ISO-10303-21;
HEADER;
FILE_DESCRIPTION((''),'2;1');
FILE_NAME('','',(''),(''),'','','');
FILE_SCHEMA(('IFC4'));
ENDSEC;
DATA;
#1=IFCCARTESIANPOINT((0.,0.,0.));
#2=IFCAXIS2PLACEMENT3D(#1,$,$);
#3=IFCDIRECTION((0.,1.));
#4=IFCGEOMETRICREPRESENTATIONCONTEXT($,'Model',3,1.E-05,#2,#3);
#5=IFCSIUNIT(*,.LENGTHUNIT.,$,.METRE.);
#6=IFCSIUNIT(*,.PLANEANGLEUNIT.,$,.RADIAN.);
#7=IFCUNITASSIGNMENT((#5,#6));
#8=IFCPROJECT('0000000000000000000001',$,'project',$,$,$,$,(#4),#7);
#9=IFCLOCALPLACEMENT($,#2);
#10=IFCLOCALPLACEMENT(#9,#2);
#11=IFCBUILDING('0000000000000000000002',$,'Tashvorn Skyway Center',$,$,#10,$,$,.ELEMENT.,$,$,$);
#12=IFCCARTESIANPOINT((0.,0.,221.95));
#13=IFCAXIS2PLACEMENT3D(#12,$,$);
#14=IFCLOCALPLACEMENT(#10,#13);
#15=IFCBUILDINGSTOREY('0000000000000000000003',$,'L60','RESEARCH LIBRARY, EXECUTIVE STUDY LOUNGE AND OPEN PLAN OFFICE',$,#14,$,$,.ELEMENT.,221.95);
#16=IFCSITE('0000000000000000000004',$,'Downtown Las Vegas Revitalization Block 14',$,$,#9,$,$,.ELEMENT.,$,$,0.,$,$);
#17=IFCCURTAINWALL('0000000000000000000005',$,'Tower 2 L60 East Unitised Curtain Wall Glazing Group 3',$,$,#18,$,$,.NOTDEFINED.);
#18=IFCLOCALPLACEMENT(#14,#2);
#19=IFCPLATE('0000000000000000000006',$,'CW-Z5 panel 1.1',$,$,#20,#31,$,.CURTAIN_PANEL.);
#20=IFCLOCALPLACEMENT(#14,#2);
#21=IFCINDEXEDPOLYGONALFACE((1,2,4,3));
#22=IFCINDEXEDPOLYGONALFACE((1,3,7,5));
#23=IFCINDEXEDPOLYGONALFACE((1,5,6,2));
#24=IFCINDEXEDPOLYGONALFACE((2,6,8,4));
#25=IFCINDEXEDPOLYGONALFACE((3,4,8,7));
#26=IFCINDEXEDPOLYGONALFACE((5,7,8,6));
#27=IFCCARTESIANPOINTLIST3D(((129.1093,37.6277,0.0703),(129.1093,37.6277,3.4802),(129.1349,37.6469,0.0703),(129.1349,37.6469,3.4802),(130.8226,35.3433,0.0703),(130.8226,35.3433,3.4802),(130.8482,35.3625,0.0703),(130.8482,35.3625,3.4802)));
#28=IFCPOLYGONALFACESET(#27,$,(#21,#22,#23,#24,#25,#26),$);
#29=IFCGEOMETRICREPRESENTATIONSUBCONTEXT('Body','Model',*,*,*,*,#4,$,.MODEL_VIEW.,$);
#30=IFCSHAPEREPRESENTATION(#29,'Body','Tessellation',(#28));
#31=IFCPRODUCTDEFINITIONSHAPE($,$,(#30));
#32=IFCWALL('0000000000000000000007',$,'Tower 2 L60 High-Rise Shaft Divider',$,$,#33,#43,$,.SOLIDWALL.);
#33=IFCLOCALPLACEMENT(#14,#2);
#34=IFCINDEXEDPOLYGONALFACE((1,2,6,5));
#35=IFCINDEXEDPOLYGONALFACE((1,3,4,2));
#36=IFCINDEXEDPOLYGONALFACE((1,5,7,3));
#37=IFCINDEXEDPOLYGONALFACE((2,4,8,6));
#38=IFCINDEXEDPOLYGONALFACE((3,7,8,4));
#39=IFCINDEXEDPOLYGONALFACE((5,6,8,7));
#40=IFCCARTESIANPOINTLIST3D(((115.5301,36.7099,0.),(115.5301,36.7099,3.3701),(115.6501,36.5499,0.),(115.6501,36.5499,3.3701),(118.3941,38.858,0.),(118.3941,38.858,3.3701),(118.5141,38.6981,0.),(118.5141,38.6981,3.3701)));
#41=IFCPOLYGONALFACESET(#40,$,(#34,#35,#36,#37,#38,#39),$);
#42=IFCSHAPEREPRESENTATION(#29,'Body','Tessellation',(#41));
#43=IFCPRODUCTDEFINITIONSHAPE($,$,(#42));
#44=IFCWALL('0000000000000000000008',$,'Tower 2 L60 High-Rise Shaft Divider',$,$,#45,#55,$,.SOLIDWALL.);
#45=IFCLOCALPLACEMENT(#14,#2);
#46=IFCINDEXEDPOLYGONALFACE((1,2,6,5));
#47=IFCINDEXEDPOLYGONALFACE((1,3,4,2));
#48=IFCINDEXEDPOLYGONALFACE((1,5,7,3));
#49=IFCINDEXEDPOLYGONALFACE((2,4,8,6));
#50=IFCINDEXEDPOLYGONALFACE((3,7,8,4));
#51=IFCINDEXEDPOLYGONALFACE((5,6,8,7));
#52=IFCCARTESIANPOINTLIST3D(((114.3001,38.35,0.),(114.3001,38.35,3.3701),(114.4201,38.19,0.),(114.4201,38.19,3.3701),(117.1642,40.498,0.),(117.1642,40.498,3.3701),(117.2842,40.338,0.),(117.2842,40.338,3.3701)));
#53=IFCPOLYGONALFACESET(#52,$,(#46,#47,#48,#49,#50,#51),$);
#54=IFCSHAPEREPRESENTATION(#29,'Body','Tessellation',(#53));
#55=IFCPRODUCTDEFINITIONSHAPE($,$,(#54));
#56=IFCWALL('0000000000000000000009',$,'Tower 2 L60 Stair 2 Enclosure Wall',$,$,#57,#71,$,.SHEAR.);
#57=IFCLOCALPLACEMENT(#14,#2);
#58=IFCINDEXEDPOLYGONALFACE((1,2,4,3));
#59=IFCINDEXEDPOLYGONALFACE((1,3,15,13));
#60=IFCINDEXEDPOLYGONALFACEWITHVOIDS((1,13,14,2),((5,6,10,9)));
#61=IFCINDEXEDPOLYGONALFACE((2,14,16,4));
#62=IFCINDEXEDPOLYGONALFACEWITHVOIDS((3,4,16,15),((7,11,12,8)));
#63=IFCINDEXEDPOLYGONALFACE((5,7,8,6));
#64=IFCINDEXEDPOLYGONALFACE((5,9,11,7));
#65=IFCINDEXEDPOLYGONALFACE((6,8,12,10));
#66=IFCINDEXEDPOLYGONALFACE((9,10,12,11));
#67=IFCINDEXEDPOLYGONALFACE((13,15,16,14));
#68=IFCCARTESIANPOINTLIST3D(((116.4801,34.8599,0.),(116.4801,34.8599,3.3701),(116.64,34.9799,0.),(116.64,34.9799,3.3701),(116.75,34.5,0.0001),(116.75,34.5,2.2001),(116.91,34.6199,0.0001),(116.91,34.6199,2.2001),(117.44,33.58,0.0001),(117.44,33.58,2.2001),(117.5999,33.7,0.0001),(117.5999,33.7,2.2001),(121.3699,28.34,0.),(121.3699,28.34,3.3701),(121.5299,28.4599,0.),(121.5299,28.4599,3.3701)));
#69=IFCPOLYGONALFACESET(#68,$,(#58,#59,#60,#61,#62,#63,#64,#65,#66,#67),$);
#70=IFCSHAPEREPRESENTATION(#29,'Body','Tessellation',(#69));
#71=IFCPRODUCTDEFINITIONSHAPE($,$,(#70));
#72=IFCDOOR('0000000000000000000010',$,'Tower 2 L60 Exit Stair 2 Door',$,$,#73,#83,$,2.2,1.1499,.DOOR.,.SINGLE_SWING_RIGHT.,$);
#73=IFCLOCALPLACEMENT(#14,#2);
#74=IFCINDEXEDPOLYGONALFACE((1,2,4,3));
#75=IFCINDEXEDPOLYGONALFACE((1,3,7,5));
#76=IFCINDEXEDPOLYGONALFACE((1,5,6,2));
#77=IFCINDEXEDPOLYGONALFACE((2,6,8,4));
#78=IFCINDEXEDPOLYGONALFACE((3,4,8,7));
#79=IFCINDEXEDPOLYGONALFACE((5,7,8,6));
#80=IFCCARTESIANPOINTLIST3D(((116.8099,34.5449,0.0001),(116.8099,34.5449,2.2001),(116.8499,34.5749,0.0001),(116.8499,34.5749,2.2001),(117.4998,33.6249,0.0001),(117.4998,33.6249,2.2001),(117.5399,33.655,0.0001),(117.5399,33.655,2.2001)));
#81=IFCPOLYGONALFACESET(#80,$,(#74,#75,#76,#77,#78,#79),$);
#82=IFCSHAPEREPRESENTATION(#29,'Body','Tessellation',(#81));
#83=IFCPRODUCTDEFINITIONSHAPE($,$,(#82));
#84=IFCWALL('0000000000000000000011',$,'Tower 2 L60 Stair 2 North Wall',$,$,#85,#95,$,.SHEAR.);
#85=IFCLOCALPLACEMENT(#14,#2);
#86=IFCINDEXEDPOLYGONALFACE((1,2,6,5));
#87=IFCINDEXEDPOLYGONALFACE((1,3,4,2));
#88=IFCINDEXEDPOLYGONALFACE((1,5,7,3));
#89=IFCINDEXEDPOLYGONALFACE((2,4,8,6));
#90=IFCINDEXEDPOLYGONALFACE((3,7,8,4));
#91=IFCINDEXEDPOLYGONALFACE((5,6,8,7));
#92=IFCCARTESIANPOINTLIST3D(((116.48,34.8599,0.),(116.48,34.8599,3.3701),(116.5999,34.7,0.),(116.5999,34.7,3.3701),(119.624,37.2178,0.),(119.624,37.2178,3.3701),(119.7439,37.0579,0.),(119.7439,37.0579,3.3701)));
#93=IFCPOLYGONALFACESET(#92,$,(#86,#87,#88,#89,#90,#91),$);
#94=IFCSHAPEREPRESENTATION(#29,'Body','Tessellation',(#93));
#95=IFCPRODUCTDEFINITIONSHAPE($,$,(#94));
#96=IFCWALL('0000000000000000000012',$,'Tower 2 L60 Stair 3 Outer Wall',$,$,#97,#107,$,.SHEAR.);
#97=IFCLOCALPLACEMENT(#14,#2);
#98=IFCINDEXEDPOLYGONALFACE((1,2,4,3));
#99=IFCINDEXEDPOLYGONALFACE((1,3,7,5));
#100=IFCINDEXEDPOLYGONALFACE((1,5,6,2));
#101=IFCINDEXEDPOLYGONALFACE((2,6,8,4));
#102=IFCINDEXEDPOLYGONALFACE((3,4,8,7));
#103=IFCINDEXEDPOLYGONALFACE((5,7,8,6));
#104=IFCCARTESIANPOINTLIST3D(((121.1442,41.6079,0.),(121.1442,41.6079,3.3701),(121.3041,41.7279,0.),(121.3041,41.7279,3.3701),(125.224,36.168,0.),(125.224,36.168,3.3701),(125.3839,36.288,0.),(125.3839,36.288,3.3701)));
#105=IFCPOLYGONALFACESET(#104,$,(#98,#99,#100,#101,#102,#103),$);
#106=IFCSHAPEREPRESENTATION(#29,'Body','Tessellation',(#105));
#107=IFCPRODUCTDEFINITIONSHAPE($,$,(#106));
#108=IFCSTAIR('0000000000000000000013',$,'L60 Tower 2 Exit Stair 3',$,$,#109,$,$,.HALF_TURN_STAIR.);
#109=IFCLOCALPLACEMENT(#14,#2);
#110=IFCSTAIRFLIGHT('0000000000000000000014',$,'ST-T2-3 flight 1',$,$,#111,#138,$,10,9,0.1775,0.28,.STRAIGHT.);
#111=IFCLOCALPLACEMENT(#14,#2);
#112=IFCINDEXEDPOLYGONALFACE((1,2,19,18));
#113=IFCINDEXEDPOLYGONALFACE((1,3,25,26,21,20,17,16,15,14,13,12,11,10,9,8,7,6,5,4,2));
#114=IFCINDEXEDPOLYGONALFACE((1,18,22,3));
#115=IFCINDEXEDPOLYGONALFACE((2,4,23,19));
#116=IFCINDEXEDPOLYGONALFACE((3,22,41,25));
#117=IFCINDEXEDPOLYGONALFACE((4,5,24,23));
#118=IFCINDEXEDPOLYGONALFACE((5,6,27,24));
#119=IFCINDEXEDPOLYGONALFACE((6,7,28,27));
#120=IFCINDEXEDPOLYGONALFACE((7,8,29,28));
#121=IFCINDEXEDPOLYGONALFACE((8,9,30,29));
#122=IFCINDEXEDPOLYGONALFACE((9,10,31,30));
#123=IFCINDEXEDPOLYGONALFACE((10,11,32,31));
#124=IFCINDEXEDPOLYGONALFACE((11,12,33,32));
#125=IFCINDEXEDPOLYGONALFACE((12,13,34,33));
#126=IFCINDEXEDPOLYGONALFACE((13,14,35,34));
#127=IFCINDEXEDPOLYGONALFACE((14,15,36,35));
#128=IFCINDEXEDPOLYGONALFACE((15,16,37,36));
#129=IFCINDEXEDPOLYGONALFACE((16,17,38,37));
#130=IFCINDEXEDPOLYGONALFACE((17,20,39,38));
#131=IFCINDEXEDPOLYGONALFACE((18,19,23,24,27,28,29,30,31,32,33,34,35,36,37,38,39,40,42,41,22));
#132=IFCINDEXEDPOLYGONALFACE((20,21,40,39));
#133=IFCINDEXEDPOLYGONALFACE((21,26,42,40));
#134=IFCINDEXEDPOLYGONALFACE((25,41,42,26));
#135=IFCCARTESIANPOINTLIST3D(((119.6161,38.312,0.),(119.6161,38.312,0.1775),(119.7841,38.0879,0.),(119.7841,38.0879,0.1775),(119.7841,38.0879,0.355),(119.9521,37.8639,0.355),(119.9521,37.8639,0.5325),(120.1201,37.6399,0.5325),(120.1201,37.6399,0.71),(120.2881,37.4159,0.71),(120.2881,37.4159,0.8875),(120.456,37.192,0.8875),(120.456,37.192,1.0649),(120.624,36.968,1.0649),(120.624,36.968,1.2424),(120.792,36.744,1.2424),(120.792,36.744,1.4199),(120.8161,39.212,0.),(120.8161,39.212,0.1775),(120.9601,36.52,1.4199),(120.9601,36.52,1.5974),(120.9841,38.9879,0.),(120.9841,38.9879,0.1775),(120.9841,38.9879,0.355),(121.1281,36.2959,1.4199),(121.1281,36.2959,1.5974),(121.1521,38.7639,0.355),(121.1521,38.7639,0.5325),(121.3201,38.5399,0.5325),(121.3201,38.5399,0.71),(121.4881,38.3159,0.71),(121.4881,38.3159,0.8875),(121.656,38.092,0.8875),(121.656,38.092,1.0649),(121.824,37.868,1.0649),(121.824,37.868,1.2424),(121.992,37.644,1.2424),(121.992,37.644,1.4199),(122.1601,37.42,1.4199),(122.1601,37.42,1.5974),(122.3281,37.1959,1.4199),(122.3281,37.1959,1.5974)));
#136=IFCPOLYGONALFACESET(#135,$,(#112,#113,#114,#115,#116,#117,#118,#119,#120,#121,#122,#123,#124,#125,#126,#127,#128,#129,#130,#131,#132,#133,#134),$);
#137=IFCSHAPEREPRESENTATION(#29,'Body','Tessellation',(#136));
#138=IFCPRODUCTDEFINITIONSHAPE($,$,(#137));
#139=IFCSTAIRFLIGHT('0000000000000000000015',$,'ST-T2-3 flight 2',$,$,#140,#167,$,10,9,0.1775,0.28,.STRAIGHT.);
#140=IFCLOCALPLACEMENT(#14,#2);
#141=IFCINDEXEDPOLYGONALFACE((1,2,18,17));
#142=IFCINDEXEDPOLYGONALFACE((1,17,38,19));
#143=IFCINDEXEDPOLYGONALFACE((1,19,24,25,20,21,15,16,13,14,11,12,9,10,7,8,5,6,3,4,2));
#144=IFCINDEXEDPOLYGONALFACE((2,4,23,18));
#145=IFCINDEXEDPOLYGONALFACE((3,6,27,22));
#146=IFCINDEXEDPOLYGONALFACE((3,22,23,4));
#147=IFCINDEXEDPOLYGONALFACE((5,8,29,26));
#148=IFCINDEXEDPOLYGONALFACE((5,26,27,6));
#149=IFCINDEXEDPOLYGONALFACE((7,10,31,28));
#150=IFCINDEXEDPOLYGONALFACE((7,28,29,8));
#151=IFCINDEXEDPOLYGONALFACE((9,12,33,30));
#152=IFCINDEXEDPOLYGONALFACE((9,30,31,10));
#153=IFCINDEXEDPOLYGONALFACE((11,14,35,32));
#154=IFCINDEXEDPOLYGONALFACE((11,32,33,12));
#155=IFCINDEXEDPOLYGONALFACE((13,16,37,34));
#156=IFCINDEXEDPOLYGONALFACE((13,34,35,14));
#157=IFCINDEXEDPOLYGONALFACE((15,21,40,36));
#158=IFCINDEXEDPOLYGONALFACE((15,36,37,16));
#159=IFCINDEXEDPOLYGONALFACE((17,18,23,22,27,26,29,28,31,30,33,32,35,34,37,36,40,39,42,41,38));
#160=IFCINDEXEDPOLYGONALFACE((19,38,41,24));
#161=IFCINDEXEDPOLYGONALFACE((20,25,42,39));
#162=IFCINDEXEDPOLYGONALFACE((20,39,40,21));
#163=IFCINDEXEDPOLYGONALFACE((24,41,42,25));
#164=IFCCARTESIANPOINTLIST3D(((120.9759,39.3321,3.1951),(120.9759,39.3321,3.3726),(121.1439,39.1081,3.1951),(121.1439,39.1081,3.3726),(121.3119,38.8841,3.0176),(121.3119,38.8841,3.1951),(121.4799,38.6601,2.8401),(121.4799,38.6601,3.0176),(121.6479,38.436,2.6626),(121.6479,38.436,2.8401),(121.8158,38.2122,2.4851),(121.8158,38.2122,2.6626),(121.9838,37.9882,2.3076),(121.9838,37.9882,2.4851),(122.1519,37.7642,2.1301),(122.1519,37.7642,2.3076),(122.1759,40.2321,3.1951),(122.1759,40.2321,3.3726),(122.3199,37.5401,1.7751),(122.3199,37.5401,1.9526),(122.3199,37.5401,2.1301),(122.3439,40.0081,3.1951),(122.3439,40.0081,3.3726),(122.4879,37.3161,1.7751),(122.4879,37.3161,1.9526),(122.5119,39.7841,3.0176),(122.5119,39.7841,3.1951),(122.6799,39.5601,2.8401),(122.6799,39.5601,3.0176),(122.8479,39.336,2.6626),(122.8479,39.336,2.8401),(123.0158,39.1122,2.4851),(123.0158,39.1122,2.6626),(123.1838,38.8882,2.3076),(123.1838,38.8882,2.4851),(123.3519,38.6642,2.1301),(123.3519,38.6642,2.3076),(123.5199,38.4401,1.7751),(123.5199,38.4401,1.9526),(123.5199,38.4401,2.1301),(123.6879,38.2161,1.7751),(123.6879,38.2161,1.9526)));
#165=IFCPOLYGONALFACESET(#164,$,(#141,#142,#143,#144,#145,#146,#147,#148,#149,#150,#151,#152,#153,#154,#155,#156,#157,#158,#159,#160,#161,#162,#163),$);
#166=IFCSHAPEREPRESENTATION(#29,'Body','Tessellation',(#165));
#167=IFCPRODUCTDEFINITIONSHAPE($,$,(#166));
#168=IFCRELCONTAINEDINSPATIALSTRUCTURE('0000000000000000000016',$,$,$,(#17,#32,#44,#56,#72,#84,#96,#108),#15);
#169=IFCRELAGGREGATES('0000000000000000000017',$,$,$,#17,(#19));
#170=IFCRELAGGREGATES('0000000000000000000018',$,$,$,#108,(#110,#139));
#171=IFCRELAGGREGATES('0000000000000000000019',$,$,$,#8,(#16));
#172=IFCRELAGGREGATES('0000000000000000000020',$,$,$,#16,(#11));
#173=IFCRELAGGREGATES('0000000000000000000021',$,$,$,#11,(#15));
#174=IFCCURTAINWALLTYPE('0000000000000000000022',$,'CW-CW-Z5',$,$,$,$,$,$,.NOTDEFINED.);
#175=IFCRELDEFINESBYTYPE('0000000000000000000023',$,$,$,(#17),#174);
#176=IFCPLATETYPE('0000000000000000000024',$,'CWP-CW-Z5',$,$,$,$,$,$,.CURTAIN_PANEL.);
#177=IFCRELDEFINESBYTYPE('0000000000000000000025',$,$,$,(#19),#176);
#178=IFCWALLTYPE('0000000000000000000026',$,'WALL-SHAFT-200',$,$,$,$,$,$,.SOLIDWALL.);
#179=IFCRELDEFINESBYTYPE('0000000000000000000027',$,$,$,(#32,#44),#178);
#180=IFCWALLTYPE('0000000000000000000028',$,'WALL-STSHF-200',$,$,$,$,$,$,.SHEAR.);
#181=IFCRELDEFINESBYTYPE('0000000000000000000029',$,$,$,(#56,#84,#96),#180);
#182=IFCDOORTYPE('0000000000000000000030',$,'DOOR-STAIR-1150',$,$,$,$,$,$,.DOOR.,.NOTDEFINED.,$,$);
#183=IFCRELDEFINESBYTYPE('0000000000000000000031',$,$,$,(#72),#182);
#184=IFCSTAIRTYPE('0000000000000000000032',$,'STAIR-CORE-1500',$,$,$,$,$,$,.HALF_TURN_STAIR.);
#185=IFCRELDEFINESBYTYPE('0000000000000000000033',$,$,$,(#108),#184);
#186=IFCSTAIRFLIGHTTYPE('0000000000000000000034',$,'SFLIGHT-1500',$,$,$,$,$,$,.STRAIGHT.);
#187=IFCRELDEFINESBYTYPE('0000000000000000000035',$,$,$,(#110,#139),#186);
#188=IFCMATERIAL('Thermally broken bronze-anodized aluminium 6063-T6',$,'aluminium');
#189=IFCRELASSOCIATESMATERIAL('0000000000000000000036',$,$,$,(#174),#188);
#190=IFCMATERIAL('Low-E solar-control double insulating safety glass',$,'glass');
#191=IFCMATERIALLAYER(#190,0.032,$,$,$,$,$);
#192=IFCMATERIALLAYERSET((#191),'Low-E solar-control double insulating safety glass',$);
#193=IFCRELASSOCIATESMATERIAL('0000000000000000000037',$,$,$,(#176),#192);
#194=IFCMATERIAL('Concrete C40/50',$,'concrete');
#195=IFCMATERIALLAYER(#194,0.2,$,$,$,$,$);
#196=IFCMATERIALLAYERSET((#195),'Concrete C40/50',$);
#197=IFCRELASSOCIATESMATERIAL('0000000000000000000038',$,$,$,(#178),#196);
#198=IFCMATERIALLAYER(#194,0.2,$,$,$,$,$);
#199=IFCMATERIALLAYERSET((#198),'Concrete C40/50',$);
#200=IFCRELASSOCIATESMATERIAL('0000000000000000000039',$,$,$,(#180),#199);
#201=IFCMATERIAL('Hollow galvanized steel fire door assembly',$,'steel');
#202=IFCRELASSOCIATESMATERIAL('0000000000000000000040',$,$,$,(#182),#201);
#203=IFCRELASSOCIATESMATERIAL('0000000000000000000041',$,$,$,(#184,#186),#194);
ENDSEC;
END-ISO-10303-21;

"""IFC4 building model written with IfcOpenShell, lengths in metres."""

from ifc_helpers import new_model, si_unit, direction, frame, frame_2d, origin, origin_2d, place, context, subcontext, project, spatial, polyline, rectangle, outline, extrude, material, layer, layer_set, type_object, element, fill, aggregate, save


model = new_model("IFC4")

# Units and contexts
model_context = context("Model", 3, precision=1e-05, world=origin(), true_north=direction((0.0, 1.0)))
body_context = subcontext(model_context, "Body", "Model", "MODEL_VIEW")
ifc_project = project(units=[si_unit("LENGTHUNIT", "METRE"), si_unit("PLANEANGLEUNIT", "RADIAN")], contexts=[model_context])

# Site, building, storey
site_placement = place(None, origin())
site = spatial("IfcSite", under=ifc_project, at=site_placement, Name="Downtown Las Vegas Revitalization Block 14", CompositionType="ELEMENT", RefElevation=0.0)
building_placement = place(site_placement, origin())
building = spatial("IfcBuilding", under=site, at=building_placement, Name="Tashvorn Skyway Center", CompositionType="ELEMENT")
storey_placement = place(building_placement, frame((0.0, 0.0, 221.95)))
storey = spatial("IfcBuildingStorey", under=building, at=storey_placement, Name="L60", Description="RESEARCH LIBRARY, EXECUTIVE STUDY LOUNGE AND OPEN PLAN OFFICE", CompositionType="ELEMENT", Elevation=221.95)

# Shared definitions
ifc_material_1 = material(Name="Thermally broken bronze-anodized aluminium 6063-T6", Category="aluminium")
curtain_wall_type = type_object("IfcCurtainWallType", Name="CW-CW-Z5", PredefinedType="NOTDEFINED", material=ifc_material_1)

# Curtain wall, plate
curtain_wall_1_placement = place(storey_placement, origin())
curtain_wall_1 = element("IfcCurtainWall", 1, at=curtain_wall_1_placement, inside=storey, type_object=curtain_wall_type, Name="Tower 2 L60 East Unitised Curtain Wall Glazing Group 3", PredefinedType="NOTDEFINED")
ifc_material_2 = material(Name="Low-E solar-control double insulating safety glass", Category="glass")
ifc_layer_1 = layer(ifc_material_2, 0.032)
ifc_layer_set_1 = layer_set([ifc_layer_1], Name="Low-E solar-control double insulating safety glass")
plate_type = type_object("IfcPlateType", Name="CWP-CW-Z5", PredefinedType="CURTAIN_PANEL", material=ifc_layer_set_1)
plate_placement = place(storey_placement, frame((129.9788, 36.4951, 0.0703), z_axis=(0.0, 0.0, 1.0), x_axis=(0.6, -0.8, 0.0)))
plate = element("IfcPlate", 2, at=plate_placement, type_object=plate_type, Name="CW-Z5 panel 1.1", PredefinedType="CURTAIN_PANEL", context=body_context, shape_type="SweptSolid", body=[
    extrude(rectangle(XDim=2.8555, YDim=0.032, at=origin_2d()), origin(), (0.0, 0.0, 1.0), 3.4099),
])
aggregate(curtain_wall_1, [plate])

# Walls
ifc_material_3 = material(Name="Concrete C40/50", Category="concrete")
ifc_layer_2 = layer(ifc_material_3, 0.2)
ifc_layer_set_2 = layer_set([ifc_layer_2], Name="Concrete C40/50")
wall_type_1 = type_object("IfcWallType", Name="WALL-SHAFT-200", PredefinedType="SOLIDWALL", material=ifc_layer_set_2)
for number, where, z_axis, x_axis, name in (
    (3, (115.5901, 36.6299, 0.0), (0.0, 0.0, 1.0), (0.799975, 0.600033, 0.0), "Tower 2 L60 High-Rise Shaft Divider"),
    (4, (114.3601, 38.27, 0.0), (0.0, 0.0, 1.0), (0.800008, 0.599989, 0.0), "Tower 2 L60 High-Rise Shaft Divider"),
):
    element("IfcWall", number, at=place(storey_placement, frame(where, z_axis=z_axis, x_axis=x_axis)), inside=storey, type_object=wall_type_1, Name=name, PredefinedType="SOLIDWALL", context=body_context, shape_type="SweptSolid", body=[
        extrude(rectangle(XDim=3.5801, YDim=0.2, at=frame_2d((1.79, 0.0))), origin(), (0.0, 0.0, 1.0), 3.3701),
    ])

# Wall, opening, door
ifc_layer_3 = layer(ifc_material_3, 0.2)
ifc_layer_set_3 = layer_set([ifc_layer_3], Name="Concrete C40/50")
wall_type_2 = type_object("IfcWallType", Name="WALL-STSHF-200", PredefinedType="SHEAR", material=ifc_layer_set_3)
wall_1_placement = place(storey_placement, frame((116.5601, 34.9199, 0.0), z_axis=(0.0, 0.0, 1.0), x_axis=(0.59999, -0.800007, 0.0)))
wall_1 = element("IfcWall", 5, at=wall_1_placement, inside=storey, type_object=wall_type_2, Name="Tower 2 L60 Stair 2 Enclosure Wall", PredefinedType="SHEAR", context=body_context, shape_type="SweptSolid", body=[
    extrude(rectangle(XDim=8.1499, YDim=0.2, at=frame_2d((4.075, 0.0))), origin(), (0.0, 0.0, 1.0), 3.3701),
])
opening_placement = place(wall_1_placement, frame((0.45, 0.0, 0.0)))
opening = element("IfcOpeningElement", 6, at=opening_placement, cuts=wall_1, PredefinedType="OPENING", context=body_context, shape_type="SweptSolid", body=[
    extrude(rectangle(XDim=1.1499, YDim=2.2, at=frame_2d((0.575, 1.1001))), frame((0.0, 0.1099, 0.0), z_axis=(0.0, -1.0, 0.0), x_axis=(1.0, 0.0, 0.0)), (0.0, 0.0, 1.0), 0.22),
])
ifc_material_4 = material(Name="Hollow galvanized steel fire door assembly", Category="steel")
door_type = type_object("IfcDoorType", Name="DOOR-STAIR-1150", OperationType="NOTDEFINED", PredefinedType="DOOR", material=ifc_material_4)
door_placement = place(opening_placement, origin())
door = element("IfcDoor", 7, at=door_placement, inside=storey, type_object=door_type, Name="Tower 2 L60 Exit Stair 2 Door", OperationType="SINGLE_SWING_RIGHT", OverallHeight=2.2, OverallWidth=1.1499, PredefinedType="DOOR", context=body_context, shape_type="SweptSolid", body=[
    extrude(rectangle(XDim=1.1499, YDim=2.2, at=frame_2d((0.575, 1.1001))), frame((0.0, 0.0249, 0.0), z_axis=(0.0, -1.0, 0.0), x_axis=(1.0, 0.0, 0.0)), (0.0, 0.0, 1.0), 0.05),
])
fill(opening, door)

# Walls
wall_2_placement = place(storey_placement, frame((116.54, 34.78, 0.0), z_axis=(0.0, 0.0, 1.0), x_axis=(0.800015, 0.59998, 0.0)))
element("IfcWall", 8, at=wall_2_placement, inside=storey, type_object=wall_type_2, Name="Tower 2 L60 Stair 2 North Wall", PredefinedType="SHEAR", context=body_context, shape_type="SweptSolid", body=[
    extrude(rectangle(XDim=3.9299, YDim=0.2, at=frame_2d((1.9648, 0.0))), origin(), (0.0, 0.0, 1.0), 3.3701),
])
wall_3_placement = place(storey_placement, frame((125.304, 36.228, 0.0), z_axis=(0.0, 0.0, 1.0), x_axis=(-0.599989, 0.800009, 0.0)))
element("IfcWall", 9, at=wall_3_placement, inside=storey, type_object=wall_type_2, Name="Tower 2 L60 Stair 3 Outer Wall", PredefinedType="SHEAR", context=body_context, shape_type="SweptSolid", body=[
    extrude(rectangle(XDim=6.7998, YDim=0.2, at=frame_2d((3.3999, 0.0))), origin(), (0.0, 0.0, 1.0), 3.3701),
])

# Stair, stair flights
stair_type = type_object("IfcStairType", Name="STAIR-CORE-1500", PredefinedType="HALF_TURN_STAIR", material=ifc_material_3)
stair_placement = place(storey_placement, origin())
stair = element("IfcStair", 10, at=stair_placement, inside=storey, type_object=stair_type, Name="L60 Tower 2 Exit Stair 3", PredefinedType="HALF_TURN_STAIR")
stair_flight_type = type_object("IfcStairFlightType", Name="SFLIGHT-1500", PredefinedType="STRAIGHT", material=ifc_material_3)
stair_flight_1_placement = place(storey_placement, frame((120.2161, 38.762, 0.0), z_axis=(0.0, 0.0, 1.0), x_axis=(0.6, -0.8, 0.0)))
stair_flight_1 = element("IfcStairFlight", 11, at=stair_flight_1_placement, type_object=stair_flight_type, Name="ST-T2-3 flight 1", NumberOfRisers=10, NumberOfTreads=9, PredefinedType="STRAIGHT", RiserHeight=0.1775, TreadLength=0.28, context=body_context, shape_type="SweptSolid", body=[
    extrude(outline(polyline([(0.0, 0.0), (0.0, 0.1775), (0.28, 0.1775), (0.28, 0.355), (0.5601, 0.355), (0.5601, 0.5325), (0.8401, 0.5325), (0.8401, 0.71), (1.1201, 0.71), (1.1201, 0.8875), (1.3999, 0.8875), (1.3999, 1.0649), (1.6799, 1.0649), (1.6799, 1.2424), (1.96, 1.2424), (1.96, 1.4199), (2.24, 1.4199), (2.24, 1.5974), (2.52, 1.5974), (2.52, 1.7749), (2.52, 1.4199), (0.28, 0.0), (0.0, 0.0)])), frame((0.0, 0.75, 0.0), z_axis=(0.0, -1.0, 0.0), x_axis=(1.0, 0.0, 0.0)), (0.0, 0.0, 1.0), 1.5),
])
stair_flight_2_placement = place(storey_placement, frame((123.0879, 37.7661, 1.7751), z_axis=(0.0, 0.0, 1.0), x_axis=(-0.6, 0.8, 0.0)))
stair_flight_2 = element("IfcStairFlight", 12, at=stair_flight_2_placement, type_object=stair_flight_type, Name="ST-T2-3 flight 2", NumberOfRisers=10, NumberOfTreads=9, PredefinedType="STRAIGHT", RiserHeight=0.1775, TreadLength=0.28, context=body_context, shape_type="SweptSolid", body=[
    extrude(outline(polyline([(0.0, 0.0), (0.0, 0.1775), (0.28, 0.1775), (0.28, 0.355), (0.5601, 0.355), (0.5601, 0.5325), (0.8401, 0.5325), (0.8401, 0.71), (1.1201, 0.71), (1.1201, 0.8875), (1.3999, 0.8875), (1.3999, 1.0649), (1.6799, 1.0649), (1.6799, 1.2424), (1.96, 1.2424), (1.96, 1.4199), (2.24, 1.4199), (2.24, 1.5974), (2.52, 1.5974), (2.52, 1.7749), (2.52, 1.4199), (0.28, 0.0), (0.0, 0.0)])), frame((0.0, 0.75, 0.0), z_axis=(0.0, -1.0, 0.0), x_axis=(1.0, 0.0, 0.0)), (0.0, 0.0, 1.0), 1.5),
])
aggregate(stair, [stair_flight_1, stair_flight_2])

save(model, "model.ifc")
